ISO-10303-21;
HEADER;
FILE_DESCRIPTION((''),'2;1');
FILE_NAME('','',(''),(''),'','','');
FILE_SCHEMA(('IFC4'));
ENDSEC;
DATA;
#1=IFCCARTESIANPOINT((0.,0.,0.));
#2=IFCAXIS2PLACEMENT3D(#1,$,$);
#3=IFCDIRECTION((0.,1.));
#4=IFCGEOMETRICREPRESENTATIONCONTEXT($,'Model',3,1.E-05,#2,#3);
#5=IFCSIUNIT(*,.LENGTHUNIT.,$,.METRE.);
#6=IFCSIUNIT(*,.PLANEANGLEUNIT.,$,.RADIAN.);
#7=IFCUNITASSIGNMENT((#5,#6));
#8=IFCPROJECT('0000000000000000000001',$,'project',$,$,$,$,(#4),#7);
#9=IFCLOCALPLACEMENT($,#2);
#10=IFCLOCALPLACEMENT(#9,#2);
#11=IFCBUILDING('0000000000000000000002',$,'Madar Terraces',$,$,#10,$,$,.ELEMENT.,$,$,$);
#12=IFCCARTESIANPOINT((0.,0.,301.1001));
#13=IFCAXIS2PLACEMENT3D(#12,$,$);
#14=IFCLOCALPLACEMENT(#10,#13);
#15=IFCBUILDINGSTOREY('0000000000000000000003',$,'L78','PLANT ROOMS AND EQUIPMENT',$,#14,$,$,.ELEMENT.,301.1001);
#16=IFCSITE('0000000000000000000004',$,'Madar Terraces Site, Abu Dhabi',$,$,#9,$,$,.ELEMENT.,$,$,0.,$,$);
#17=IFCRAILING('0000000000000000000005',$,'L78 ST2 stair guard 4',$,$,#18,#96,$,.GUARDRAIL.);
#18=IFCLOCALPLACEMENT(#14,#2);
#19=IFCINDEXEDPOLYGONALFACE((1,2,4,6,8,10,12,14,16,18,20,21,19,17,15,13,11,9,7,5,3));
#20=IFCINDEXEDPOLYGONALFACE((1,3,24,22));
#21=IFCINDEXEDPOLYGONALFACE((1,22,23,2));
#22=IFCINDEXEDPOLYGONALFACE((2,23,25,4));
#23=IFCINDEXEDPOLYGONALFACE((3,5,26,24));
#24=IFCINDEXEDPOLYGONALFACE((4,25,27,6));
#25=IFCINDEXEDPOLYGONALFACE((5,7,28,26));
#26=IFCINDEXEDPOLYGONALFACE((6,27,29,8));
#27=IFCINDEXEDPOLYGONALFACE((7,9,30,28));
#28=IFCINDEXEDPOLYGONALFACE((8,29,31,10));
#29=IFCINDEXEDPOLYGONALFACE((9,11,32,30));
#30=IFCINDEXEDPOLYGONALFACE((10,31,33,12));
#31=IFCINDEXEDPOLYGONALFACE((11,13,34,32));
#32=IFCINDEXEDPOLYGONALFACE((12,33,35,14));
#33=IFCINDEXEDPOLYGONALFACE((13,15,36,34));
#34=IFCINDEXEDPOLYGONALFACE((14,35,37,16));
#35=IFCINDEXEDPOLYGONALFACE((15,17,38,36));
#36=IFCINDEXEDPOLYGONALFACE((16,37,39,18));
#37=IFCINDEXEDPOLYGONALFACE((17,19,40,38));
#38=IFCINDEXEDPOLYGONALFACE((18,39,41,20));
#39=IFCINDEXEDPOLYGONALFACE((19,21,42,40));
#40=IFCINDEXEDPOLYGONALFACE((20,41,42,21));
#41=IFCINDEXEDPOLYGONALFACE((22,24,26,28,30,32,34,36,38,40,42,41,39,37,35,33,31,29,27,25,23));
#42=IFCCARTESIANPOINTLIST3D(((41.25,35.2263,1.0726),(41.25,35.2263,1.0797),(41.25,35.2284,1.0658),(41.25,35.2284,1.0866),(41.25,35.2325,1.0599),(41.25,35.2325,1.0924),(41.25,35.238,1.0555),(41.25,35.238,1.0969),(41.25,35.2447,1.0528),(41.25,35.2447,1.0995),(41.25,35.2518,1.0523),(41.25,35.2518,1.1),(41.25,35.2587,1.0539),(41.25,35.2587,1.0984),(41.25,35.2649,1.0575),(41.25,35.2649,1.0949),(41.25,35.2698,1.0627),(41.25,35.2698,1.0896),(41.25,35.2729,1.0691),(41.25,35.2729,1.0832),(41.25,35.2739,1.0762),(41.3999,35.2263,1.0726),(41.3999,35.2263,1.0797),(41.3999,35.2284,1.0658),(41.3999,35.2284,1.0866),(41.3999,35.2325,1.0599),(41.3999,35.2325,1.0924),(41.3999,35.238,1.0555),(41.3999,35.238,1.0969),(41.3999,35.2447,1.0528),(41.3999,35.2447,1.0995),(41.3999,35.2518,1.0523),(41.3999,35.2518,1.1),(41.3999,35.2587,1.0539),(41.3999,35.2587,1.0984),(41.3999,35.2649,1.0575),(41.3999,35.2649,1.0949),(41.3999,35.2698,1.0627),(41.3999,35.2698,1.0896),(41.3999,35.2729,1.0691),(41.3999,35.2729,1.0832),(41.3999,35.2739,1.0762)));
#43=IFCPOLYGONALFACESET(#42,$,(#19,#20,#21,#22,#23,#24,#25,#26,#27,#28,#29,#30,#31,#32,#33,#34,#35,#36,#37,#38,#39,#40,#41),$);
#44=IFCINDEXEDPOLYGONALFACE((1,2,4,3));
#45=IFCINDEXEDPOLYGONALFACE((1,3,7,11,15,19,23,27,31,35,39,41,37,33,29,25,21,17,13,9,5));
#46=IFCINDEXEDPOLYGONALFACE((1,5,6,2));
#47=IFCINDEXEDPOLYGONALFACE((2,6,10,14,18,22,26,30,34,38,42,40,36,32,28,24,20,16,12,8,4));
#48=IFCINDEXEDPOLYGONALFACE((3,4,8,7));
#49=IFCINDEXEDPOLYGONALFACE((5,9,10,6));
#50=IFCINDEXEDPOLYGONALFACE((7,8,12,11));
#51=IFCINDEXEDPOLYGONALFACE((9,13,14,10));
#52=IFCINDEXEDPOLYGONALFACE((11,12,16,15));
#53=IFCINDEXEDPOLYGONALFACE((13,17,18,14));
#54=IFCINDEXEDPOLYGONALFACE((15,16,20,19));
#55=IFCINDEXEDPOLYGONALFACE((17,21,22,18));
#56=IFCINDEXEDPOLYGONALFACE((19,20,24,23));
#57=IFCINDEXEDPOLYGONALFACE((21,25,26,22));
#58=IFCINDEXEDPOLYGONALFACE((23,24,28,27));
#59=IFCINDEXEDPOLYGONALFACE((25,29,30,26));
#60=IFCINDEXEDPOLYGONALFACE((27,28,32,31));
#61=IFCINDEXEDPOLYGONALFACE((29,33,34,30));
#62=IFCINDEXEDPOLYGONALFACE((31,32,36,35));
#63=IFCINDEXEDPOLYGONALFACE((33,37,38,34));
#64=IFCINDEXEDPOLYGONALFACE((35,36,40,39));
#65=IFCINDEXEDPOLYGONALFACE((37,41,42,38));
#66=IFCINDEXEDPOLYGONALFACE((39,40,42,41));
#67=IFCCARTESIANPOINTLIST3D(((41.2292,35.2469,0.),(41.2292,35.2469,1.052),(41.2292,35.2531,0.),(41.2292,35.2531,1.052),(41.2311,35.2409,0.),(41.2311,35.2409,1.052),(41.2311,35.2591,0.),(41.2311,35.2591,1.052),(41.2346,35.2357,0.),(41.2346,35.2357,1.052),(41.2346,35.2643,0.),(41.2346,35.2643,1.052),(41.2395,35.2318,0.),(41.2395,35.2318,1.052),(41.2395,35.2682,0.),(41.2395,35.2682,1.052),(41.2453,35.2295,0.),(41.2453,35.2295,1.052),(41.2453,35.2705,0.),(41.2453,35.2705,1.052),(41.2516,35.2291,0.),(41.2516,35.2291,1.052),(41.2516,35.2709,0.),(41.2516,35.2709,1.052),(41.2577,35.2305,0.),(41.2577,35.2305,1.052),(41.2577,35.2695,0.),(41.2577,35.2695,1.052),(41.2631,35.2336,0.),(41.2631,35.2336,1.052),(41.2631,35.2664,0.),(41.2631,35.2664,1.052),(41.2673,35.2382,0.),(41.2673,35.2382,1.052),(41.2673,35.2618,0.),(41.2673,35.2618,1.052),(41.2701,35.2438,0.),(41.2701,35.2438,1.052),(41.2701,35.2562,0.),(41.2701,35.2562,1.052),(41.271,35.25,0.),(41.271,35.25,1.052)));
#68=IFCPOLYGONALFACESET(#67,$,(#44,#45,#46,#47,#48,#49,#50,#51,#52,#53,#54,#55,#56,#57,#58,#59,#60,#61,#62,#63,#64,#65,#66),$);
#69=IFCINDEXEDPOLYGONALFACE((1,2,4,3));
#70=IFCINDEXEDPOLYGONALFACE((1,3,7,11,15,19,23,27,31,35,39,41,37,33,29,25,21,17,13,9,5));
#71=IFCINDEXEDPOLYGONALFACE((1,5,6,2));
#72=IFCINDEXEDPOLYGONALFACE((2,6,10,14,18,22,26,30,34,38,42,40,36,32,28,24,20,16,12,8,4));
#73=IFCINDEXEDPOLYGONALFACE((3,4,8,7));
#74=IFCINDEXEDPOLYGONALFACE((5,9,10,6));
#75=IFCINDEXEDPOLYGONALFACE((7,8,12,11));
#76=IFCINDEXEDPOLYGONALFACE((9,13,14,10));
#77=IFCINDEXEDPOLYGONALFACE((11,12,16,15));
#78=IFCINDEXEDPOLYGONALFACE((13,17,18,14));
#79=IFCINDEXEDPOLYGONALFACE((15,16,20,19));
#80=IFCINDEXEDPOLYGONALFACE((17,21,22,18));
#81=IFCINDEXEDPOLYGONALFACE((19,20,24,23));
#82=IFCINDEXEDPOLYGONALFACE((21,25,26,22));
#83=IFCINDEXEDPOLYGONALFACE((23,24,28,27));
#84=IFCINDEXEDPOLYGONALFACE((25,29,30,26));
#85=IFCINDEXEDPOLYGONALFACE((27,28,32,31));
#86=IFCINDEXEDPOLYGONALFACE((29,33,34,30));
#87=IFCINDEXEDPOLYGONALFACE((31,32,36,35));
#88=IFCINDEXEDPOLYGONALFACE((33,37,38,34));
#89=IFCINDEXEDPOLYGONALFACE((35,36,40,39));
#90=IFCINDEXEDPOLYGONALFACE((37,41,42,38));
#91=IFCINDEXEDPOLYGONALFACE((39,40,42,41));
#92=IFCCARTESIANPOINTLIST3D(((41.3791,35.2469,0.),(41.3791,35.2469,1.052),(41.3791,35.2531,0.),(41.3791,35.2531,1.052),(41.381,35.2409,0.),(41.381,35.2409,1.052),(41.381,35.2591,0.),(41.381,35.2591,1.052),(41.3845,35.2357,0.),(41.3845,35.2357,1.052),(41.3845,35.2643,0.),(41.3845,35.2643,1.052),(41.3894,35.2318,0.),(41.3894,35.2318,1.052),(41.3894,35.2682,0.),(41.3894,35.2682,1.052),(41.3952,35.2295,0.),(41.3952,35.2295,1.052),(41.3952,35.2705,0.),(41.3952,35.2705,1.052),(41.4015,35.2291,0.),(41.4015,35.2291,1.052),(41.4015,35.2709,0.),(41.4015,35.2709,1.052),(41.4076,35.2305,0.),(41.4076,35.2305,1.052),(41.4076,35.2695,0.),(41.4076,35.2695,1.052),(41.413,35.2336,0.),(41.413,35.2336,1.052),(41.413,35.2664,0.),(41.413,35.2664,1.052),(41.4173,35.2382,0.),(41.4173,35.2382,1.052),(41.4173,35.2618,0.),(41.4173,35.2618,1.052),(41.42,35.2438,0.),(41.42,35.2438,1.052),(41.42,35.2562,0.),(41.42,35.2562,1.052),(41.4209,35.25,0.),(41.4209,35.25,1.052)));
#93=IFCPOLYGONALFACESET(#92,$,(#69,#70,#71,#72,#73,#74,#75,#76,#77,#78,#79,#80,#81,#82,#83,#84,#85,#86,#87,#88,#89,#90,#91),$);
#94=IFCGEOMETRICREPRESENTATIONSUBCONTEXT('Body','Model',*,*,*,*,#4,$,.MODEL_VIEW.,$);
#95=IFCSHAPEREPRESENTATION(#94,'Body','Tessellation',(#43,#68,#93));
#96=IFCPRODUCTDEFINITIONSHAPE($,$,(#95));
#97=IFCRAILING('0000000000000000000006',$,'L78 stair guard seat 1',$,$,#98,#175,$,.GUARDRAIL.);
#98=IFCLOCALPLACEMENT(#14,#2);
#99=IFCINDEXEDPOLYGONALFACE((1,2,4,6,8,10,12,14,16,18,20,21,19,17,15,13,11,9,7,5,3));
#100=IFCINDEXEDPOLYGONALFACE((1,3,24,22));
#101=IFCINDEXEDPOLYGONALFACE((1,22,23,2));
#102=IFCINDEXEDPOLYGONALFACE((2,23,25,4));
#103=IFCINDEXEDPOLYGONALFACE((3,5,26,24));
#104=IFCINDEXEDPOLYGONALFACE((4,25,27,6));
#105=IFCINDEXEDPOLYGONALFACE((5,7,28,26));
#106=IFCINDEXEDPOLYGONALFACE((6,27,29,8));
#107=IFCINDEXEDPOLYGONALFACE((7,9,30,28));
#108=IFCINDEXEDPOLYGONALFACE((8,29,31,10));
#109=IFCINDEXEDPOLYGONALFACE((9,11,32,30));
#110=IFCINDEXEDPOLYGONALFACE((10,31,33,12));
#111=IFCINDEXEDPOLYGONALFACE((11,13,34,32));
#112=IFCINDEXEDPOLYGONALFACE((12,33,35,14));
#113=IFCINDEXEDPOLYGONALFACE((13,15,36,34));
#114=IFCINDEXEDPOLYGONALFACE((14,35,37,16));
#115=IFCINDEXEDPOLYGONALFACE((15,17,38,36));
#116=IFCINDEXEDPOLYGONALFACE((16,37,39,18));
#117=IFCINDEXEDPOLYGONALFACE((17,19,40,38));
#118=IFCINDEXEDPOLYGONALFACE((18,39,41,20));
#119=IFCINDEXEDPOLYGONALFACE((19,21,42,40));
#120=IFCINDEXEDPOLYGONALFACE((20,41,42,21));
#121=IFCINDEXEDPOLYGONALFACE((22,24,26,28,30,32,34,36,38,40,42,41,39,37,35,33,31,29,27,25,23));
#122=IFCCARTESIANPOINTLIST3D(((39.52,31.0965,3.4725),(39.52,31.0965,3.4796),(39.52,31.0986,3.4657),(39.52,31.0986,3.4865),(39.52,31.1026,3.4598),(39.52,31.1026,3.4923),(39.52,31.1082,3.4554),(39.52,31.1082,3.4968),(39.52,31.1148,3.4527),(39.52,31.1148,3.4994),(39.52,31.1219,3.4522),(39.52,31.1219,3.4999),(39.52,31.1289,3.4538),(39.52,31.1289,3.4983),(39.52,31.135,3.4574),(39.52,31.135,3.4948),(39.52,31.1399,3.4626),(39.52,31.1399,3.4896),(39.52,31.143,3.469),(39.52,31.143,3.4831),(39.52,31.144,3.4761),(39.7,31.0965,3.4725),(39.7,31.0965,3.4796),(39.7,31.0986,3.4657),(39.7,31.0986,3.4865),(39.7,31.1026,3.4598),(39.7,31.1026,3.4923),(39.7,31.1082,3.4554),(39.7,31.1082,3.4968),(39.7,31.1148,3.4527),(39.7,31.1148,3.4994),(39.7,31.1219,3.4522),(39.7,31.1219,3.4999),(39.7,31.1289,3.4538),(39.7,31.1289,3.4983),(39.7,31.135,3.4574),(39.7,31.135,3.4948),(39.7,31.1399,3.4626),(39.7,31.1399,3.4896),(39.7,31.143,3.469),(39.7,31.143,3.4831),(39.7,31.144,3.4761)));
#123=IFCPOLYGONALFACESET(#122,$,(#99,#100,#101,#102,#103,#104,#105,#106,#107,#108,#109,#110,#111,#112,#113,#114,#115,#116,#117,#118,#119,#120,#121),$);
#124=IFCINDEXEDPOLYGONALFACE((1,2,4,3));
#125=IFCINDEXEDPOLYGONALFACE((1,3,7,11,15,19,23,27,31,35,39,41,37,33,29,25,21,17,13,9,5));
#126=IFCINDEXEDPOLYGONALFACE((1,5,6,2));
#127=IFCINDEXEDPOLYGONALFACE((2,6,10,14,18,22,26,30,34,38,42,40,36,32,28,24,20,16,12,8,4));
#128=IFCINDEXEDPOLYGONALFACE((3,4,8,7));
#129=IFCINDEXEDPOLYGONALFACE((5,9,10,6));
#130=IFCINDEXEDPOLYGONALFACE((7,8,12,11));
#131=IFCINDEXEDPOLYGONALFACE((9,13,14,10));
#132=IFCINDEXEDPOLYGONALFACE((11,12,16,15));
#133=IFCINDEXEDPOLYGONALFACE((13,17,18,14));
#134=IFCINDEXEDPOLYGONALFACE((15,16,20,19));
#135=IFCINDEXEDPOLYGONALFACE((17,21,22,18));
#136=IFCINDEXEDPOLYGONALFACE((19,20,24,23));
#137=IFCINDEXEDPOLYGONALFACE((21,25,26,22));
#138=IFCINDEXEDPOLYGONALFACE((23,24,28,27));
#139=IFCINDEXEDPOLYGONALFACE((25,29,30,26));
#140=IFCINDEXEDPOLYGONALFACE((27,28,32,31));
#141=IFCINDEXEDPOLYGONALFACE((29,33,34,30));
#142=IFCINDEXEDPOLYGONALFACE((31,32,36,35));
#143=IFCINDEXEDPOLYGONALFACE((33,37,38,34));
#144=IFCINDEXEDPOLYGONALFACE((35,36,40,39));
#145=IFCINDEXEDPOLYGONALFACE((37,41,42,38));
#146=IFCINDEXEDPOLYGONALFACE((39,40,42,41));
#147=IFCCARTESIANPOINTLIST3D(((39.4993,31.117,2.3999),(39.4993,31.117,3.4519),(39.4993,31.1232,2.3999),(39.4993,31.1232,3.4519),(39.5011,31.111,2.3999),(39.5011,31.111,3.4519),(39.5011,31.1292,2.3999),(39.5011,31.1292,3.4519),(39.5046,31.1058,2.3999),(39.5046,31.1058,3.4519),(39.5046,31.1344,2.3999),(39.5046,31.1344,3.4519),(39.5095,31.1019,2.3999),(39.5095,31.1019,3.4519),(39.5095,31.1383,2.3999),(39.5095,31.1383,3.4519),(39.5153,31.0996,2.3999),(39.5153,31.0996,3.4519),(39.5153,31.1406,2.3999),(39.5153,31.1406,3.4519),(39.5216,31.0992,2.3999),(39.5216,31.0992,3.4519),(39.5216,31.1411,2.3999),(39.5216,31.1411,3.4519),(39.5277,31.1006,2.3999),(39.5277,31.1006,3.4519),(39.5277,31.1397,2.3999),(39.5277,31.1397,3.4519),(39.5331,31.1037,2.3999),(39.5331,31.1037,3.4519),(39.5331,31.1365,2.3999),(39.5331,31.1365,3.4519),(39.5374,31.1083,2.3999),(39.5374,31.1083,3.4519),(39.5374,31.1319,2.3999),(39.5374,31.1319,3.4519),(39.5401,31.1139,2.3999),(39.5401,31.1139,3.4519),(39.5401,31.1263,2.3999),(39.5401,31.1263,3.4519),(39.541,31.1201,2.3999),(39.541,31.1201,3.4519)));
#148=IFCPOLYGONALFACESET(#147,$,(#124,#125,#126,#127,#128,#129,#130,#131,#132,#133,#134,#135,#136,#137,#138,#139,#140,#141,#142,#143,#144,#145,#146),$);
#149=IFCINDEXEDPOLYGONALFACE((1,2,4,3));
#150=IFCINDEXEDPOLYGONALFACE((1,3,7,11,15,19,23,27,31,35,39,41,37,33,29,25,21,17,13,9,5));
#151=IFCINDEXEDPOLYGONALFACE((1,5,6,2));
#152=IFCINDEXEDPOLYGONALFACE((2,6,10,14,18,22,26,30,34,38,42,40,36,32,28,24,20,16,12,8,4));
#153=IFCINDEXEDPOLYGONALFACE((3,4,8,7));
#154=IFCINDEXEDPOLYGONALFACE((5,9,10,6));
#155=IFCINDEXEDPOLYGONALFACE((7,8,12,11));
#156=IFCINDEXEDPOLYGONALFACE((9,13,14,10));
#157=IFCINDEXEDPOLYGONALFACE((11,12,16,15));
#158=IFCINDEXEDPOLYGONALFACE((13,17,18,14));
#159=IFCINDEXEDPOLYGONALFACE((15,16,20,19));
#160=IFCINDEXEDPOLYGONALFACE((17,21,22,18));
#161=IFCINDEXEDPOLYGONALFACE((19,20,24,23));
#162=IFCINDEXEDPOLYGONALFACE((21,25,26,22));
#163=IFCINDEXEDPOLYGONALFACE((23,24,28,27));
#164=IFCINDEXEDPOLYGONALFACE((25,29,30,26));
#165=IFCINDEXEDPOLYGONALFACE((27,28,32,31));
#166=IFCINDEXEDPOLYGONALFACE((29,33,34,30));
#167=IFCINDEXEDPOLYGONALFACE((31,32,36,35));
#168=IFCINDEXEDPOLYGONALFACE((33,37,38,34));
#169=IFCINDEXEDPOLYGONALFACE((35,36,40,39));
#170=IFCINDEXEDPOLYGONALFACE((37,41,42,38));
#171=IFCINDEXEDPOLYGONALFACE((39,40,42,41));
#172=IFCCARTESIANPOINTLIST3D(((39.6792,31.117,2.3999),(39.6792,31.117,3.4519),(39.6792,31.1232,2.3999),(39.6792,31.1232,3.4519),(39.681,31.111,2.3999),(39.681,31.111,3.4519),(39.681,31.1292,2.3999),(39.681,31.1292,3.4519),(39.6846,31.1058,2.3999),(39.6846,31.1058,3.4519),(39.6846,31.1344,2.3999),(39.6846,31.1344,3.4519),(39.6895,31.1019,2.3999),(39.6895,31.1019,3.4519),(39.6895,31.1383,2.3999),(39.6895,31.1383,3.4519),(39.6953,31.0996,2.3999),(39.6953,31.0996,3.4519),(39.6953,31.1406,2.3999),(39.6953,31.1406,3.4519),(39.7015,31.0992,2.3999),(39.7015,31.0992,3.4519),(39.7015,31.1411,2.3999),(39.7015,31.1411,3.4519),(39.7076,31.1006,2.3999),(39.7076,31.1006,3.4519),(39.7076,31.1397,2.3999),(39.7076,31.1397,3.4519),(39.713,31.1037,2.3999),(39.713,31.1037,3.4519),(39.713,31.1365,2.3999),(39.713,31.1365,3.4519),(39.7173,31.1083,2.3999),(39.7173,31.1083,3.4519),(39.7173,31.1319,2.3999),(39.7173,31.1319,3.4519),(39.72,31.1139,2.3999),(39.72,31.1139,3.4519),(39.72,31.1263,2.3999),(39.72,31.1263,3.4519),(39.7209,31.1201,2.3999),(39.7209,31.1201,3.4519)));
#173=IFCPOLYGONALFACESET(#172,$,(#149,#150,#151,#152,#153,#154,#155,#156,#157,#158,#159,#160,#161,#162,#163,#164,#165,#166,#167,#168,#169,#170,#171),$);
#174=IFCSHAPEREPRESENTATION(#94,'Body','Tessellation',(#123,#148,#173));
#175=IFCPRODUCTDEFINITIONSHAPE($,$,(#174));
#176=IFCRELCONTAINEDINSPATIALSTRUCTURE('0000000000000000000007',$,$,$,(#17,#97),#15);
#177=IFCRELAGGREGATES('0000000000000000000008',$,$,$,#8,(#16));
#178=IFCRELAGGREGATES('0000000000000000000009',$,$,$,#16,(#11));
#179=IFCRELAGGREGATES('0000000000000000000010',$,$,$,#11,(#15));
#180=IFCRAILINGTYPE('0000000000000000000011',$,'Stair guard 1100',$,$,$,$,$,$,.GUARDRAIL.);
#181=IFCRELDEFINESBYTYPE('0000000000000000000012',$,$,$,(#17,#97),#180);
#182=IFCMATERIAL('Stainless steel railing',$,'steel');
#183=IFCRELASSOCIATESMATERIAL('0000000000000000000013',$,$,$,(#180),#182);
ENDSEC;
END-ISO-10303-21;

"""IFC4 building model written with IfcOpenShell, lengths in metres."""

from ifc_helpers import new_model, si_unit, direction, frame, origin, origin_2d, place, context, subcontext, project, spatial, circle, extrude, material, type_object, element, save


model = new_model("IFC4")

# Units and contexts
model_context = context("Model", 3, precision=1e-05, world=origin(), true_north=direction((0.0, 1.0)))
body_context = subcontext(model_context, "Body", "Model", "MODEL_VIEW")
ifc_project = project(units=[si_unit("LENGTHUNIT", "METRE"), si_unit("PLANEANGLEUNIT", "RADIAN")], contexts=[model_context])

# Site, building, storey
site_placement = place(None, origin())
site = spatial("IfcSite", under=ifc_project, at=site_placement, Name="Madar Terraces Site, Abu Dhabi", CompositionType="ELEMENT", RefElevation=0.0)
building_placement = place(site_placement, origin())
building = spatial("IfcBuilding", under=site, at=building_placement, Name="Madar Terraces", CompositionType="ELEMENT")
storey_placement = place(building_placement, frame((0.0, 0.0, 301.1001)))
storey = spatial("IfcBuildingStorey", under=building, at=storey_placement, Name="L78", Description="PLANT ROOMS AND EQUIPMENT", CompositionType="ELEMENT", Elevation=301.1001)

# Railings
ifc_material_1 = material(Name="Stainless steel railing", Category="steel")
railing_type_1 = type_object("IfcRailingType", Name="Stair guard 1100", PredefinedType="GUARDRAIL", material=ifc_material_1)
railing_1_placement = place(storey_placement, frame((41.25, 35.25, 0.0)))
element("IfcRailing", 1, at=railing_1_placement, inside=storey, type_object=railing_type_1, Name="L78 ST2 stair guard 4", PredefinedType="GUARDRAIL", context=body_context, shape_type="SweptSolid", body=[
    extrude(circle(Radius=0.0239, at=origin_2d()), frame((0.0, 0.0, 1.0762), z_axis=(1.0, 0.0, 0.0), x_axis=(0.0, 1.0, 0.0)), (0.0, 0.0, 1.0), 0.1499),
    extrude(circle(Radius=0.021, at=origin_2d()), origin(), (0.0, 0.0, 1.0), 1.052),
    extrude(circle(Radius=0.021, at=origin_2d()), frame((0.1499, 0.0, 0.0)), (0.0, 0.0, 1.0), 1.052),
])
for number, where, name in (
    (2, (39.52, 31.1201, 2.3999), "L78 stair guard seat 1"),
):
    element("IfcRailing", number, at=place(storey_placement, frame(where)), inside=storey, type_object=railing_type_1, Name=name, PredefinedType="GUARDRAIL", context=body_context, shape_type="SweptSolid", body=[
        extrude(circle(Radius=0.0239, at=origin_2d()), frame((0.0, 0.0, 1.0762), z_axis=(1.0, 0.0, 0.0), x_axis=(0.0, 1.0, 0.0)), (0.0, 0.0, 1.0), 0.1799),
        extrude(circle(Radius=0.021, at=origin_2d()), origin(), (0.0, 0.0, 1.0), 1.052),
        extrude(circle(Radius=0.021, at=origin_2d()), frame((0.1799, 0.0, 0.0)), (0.0, 0.0, 1.0), 1.052),
    ])

save(model, "model.ifc")
